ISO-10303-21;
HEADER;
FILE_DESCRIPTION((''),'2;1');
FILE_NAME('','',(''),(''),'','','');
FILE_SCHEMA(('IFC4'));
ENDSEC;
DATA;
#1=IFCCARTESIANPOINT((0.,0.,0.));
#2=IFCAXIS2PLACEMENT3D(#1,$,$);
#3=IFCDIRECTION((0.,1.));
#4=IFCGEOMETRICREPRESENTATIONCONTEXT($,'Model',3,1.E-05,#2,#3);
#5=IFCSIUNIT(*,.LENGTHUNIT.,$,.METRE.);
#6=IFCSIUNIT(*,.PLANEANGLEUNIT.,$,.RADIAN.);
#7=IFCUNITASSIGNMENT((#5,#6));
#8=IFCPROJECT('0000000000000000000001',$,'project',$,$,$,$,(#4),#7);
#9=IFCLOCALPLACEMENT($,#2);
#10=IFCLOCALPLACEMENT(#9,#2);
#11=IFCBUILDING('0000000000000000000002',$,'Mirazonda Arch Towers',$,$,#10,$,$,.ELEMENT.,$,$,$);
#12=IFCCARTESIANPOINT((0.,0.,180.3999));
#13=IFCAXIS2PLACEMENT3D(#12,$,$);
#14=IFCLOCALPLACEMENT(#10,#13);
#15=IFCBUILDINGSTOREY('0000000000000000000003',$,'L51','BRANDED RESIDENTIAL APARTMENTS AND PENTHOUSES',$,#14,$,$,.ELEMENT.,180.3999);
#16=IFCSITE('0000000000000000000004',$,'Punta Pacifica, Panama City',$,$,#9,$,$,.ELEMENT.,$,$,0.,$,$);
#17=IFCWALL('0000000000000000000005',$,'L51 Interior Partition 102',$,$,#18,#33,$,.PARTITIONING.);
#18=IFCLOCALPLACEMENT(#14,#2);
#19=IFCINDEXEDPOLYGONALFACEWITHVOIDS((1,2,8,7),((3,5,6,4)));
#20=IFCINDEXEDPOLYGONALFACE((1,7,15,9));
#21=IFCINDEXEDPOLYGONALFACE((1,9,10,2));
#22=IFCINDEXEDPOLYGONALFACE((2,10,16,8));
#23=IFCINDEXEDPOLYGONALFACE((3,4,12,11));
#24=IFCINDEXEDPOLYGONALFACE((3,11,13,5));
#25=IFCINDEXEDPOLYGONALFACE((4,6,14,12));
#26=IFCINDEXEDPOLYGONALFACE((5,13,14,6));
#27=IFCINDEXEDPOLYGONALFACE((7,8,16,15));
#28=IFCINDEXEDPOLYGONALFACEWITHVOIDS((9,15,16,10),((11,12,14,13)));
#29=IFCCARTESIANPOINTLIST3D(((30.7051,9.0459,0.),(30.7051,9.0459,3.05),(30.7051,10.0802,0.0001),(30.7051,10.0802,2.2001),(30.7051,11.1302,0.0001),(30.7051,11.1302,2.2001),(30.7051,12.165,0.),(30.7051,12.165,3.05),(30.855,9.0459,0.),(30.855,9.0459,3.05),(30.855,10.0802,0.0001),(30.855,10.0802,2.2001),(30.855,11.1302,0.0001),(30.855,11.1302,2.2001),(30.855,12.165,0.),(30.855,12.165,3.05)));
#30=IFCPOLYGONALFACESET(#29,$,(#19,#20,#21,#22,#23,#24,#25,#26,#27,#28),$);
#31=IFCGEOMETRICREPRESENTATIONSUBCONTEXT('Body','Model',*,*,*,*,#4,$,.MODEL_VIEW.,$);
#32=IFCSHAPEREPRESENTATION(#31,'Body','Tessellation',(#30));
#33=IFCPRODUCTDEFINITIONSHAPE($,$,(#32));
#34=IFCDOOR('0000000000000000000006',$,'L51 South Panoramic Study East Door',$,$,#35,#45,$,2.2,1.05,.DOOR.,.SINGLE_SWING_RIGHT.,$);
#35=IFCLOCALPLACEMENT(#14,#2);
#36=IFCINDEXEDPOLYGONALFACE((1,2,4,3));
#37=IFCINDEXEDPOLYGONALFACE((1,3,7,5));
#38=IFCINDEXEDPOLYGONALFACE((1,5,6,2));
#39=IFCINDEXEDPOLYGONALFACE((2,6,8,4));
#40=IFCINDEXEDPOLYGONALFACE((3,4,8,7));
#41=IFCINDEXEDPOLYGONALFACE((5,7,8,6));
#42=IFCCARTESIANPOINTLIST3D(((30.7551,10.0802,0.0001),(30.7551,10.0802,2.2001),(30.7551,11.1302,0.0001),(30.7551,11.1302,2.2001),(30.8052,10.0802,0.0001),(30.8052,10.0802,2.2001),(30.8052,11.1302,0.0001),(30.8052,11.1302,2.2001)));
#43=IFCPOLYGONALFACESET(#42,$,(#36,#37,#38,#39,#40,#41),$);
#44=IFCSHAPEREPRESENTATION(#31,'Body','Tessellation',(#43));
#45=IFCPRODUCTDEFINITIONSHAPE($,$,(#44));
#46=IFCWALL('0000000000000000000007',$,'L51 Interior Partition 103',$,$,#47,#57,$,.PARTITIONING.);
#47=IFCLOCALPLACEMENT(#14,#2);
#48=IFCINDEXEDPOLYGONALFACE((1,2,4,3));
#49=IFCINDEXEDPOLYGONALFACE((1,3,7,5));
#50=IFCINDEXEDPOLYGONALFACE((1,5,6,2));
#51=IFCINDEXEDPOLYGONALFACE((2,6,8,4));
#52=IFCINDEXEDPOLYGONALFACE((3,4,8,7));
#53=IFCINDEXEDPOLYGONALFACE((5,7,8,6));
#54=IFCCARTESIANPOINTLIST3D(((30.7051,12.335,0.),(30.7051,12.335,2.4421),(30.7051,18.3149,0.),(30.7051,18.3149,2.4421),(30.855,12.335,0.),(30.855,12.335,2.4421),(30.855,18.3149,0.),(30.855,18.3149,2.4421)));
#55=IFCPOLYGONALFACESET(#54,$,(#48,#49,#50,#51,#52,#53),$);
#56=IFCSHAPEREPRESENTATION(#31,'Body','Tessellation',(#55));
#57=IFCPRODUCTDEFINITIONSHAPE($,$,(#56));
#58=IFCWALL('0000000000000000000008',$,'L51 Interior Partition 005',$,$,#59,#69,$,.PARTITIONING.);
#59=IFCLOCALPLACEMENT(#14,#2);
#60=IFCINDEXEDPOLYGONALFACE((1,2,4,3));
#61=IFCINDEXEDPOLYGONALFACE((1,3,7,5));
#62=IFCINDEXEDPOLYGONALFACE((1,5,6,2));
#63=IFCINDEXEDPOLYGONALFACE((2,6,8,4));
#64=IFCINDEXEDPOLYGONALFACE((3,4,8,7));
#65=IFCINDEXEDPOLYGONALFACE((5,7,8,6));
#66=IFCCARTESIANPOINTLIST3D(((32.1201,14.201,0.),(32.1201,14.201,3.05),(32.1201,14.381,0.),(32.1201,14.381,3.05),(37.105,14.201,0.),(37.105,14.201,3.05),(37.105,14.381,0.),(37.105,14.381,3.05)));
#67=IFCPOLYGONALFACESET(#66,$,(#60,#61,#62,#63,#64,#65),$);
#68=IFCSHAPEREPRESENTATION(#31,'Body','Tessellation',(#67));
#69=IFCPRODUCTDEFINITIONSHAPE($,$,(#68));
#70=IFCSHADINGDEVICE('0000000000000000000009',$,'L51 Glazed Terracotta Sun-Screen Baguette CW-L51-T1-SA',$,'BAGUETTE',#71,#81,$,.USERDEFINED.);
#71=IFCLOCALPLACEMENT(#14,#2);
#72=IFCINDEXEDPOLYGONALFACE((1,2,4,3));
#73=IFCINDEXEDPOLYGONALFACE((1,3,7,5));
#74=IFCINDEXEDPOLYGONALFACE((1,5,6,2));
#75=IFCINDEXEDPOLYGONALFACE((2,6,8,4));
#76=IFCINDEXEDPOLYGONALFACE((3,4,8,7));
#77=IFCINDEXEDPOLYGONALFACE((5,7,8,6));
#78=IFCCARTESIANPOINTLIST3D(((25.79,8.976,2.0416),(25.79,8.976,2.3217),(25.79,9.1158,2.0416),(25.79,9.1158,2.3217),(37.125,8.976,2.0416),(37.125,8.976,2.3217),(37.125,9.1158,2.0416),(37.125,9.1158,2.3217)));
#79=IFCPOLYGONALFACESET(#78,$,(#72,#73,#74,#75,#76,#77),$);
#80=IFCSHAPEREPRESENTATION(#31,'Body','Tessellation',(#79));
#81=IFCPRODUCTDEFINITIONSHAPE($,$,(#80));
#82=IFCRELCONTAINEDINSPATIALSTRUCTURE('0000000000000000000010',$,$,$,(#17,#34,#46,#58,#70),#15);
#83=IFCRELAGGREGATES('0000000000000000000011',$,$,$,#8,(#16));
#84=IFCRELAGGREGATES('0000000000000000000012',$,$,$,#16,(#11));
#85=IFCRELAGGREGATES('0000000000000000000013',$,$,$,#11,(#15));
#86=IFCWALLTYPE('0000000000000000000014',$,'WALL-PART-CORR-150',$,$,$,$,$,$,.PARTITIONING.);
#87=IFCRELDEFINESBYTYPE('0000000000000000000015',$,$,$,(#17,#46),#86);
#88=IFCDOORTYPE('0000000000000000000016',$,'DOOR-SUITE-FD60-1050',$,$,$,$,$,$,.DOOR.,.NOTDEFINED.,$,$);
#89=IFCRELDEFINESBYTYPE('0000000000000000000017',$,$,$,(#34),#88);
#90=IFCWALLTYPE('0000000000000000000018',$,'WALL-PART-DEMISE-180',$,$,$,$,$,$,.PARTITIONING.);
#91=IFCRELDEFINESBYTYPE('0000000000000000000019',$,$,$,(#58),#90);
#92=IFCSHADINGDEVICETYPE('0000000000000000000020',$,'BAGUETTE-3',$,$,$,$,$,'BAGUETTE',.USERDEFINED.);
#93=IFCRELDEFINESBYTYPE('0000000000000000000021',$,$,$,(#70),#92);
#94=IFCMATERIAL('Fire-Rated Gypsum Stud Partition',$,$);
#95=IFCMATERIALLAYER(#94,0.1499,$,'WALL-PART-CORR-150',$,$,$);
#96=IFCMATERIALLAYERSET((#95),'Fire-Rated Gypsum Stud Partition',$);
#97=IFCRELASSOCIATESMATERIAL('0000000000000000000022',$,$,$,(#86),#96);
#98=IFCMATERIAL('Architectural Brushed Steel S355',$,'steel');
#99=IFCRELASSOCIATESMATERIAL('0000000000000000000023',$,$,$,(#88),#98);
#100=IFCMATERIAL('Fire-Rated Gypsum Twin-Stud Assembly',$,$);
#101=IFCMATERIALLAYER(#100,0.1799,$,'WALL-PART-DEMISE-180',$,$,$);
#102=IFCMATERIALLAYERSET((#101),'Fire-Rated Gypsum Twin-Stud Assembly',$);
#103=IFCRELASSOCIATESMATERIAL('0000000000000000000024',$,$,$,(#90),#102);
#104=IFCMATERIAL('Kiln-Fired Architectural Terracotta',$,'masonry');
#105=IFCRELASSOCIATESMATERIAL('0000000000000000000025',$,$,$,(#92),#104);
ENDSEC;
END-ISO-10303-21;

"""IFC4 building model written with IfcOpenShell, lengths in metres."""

from ifc_helpers import new_model, si_unit, direction, frame, frame_2d, origin, origin_2d, place, context, subcontext, project, spatial, rectangle, extrude, material, layer, layer_set, material_profile, profile_set, type_object, element, fill, save


model = new_model("IFC4")

# Units and contexts
model_context = context("Model", 3, precision=1e-05, world=origin(), true_north=direction((0.0, 1.0)))
body_context = subcontext(model_context, "Body", "Model", "MODEL_VIEW")
ifc_project = project(units=[si_unit("LENGTHUNIT", "METRE"), si_unit("PLANEANGLEUNIT", "RADIAN")], contexts=[model_context])

# Site, building, storey
site_placement = place(None, origin())
site = spatial("IfcSite", under=ifc_project, at=site_placement, Name="Punta Pacifica, Panama City", CompositionType="ELEMENT", RefElevation=0.0)
building_placement = place(site_placement, origin())
building = spatial("IfcBuilding", under=site, at=building_placement, Name="Mirazonda Arch Towers", CompositionType="ELEMENT")
storey_placement = place(building_placement, frame((0.0, 0.0, 180.3999)))
storey = spatial("IfcBuildingStorey", under=building, at=storey_placement, Name="L51", Description="BRANDED RESIDENTIAL APARTMENTS AND PENTHOUSES", CompositionType="ELEMENT", Elevation=180.3999)

# Shared definitions
ifc_material_1 = material(Name="Fire-Rated Gypsum Stud Partition")
ifc_layer_1 = layer(ifc_material_1, 0.1499, Name="WALL-PART-CORR-150")
ifc_layer_set_1 = layer_set([ifc_layer_1], Name="Fire-Rated Gypsum Stud Partition")
wall_type_1 = type_object("IfcWallType", Name="WALL-PART-CORR-150", PredefinedType="PARTITIONING", material=ifc_layer_set_1)

# Wall, opening, door
wall_1_placement = place(storey_placement, frame((30.78, 9.0459, 0.0), z_axis=(0.0, 0.0, 1.0), x_axis=(0.0, 1.0, 0.0)))
wall_1 = element("IfcWall", 1, at=wall_1_placement, inside=storey, type_object=wall_type_1, Name="L51 Interior Partition 102", PredefinedType="PARTITIONING", context=body_context, shape_type="SweptSolid", body=[
    extrude(rectangle(XDim=3.1191, YDim=0.1499, at=frame_2d((1.5596, 0.0))), origin(), (0.0, 0.0, 1.0), 3.05),
])
opening_1_placement = place(wall_1_placement, frame((1.0344, 0.0, 0.0)))
opening_1 = element("IfcOpeningElement", 2, at=opening_1_placement, cuts=wall_1, PredefinedType="OPENING", context=body_context, shape_type="SweptSolid", body=[
    extrude(rectangle(XDim=1.05, YDim=2.2, at=frame_2d((0.5249, 1.1001))), frame((0.0, 0.085, 0.0), z_axis=(0.0, -1.0, 0.0), x_axis=(1.0, 0.0, 0.0)), (0.0, 0.0, 1.0), 0.1699),
])
ifc_material_2 = material(Name="Architectural Brushed Steel S355", Category="steel")
door_type_1 = type_object("IfcDoorType", Name="DOOR-SUITE-FD60-1050", OperationType="NOTDEFINED", PredefinedType="DOOR", material=ifc_material_2)
door_1_placement = place(opening_1_placement, origin())
door_1 = element("IfcDoor", 3, at=door_1_placement, inside=storey, type_object=door_type_1, Name="L51 South Panoramic Study East Door", OperationType="SINGLE_SWING_RIGHT", OverallHeight=2.2, OverallWidth=1.05, PredefinedType="DOOR", context=body_context, shape_type="SweptSolid", body=[
    extrude(rectangle(XDim=1.05, YDim=2.2, at=frame_2d((0.5249, 1.1001))), frame((0.0, 0.0249, 0.0), z_axis=(0.0, -1.0, 0.0), x_axis=(1.0, 0.0, 0.0)), (0.0, 0.0, 1.0), 0.05),
])
fill(opening_1, door_1)

# Walls
wall_2_placement = place(storey_placement, frame((30.78, 12.335, 0.0), z_axis=(0.0, 0.0, 1.0), x_axis=(0.0, 1.0, 0.0)))
element("IfcWall", 4, at=wall_2_placement, inside=storey, type_object=wall_type_1, Name="L51 Interior Partition 103", PredefinedType="PARTITIONING", context=body_context, shape_type="SweptSolid", body=[
    extrude(rectangle(XDim=5.98, YDim=0.1499, at=frame_2d((2.99, 0.0))), origin(), (0.0, 0.0, 1.0), 2.4421),
])
ifc_material_3 = material(Name="Fire-Rated Gypsum Twin-Stud Assembly")
ifc_layer_2 = layer(ifc_material_3, 0.1799, Name="WALL-PART-DEMISE-180")
ifc_layer_set_2 = layer_set([ifc_layer_2], Name="Fire-Rated Gypsum Twin-Stud Assembly")
wall_type_2 = type_object("IfcWallType", Name="WALL-PART-DEMISE-180", PredefinedType="PARTITIONING", material=ifc_layer_set_2)
wall_3_placement = place(storey_placement, frame((32.1201, 14.291, 0.0), z_axis=(0.0, 0.0, 1.0), x_axis=(1.0, 0.0, 0.0)))
element("IfcWall", 5, at=wall_3_placement, inside=storey, type_object=wall_type_2, Name="L51 Interior Partition 005", PredefinedType="PARTITIONING", context=body_context, shape_type="SweptSolid", body=[
    extrude(rectangle(XDim=4.9849, YDim=0.1799, at=frame_2d((2.4924, 0.0))), origin(), (0.0, 0.0, 1.0), 3.05),
])

# Shading device
ifc_material_4 = material(Name="Kiln-Fired Architectural Terracotta", Category="masonry")
ifc_material_profile_1 = material_profile(ifc_material_4, rectangle(XDim=0.1399, YDim=0.28, at=origin_2d()), Name="TERRA-BAG-140x280")
ifc_profile_set_1 = profile_set([ifc_material_profile_1], Name="Kiln-Fired Architectural Terracotta")
shading_device_type = type_object("IfcShadingDeviceType", Name="BAGUETTE-3", ElementType="BAGUETTE", PredefinedType="USERDEFINED", material=ifc_profile_set_1)
shading_device_placement = place(storey_placement, frame((37.125, 9.0459, 2.1816), z_axis=(-1.0, 0.0, 0.0), x_axis=(0.0, -1.0, 0.0)))
element("IfcShadingDevice", 6, at=shading_device_placement, inside=storey, type_object=shading_device_type, Name="L51 Glazed Terracotta Sun-Screen Baguette CW-L51-T1-SA", ObjectType="BAGUETTE", PredefinedType="USERDEFINED", context=body_context, shape_type="SweptSolid", body=[
    extrude(rectangle(XDim=0.1399, YDim=0.28, at=origin_2d()), origin(), (0.0, 0.0, 1.0), 11.335),
])

save(model, "model.ifc")
